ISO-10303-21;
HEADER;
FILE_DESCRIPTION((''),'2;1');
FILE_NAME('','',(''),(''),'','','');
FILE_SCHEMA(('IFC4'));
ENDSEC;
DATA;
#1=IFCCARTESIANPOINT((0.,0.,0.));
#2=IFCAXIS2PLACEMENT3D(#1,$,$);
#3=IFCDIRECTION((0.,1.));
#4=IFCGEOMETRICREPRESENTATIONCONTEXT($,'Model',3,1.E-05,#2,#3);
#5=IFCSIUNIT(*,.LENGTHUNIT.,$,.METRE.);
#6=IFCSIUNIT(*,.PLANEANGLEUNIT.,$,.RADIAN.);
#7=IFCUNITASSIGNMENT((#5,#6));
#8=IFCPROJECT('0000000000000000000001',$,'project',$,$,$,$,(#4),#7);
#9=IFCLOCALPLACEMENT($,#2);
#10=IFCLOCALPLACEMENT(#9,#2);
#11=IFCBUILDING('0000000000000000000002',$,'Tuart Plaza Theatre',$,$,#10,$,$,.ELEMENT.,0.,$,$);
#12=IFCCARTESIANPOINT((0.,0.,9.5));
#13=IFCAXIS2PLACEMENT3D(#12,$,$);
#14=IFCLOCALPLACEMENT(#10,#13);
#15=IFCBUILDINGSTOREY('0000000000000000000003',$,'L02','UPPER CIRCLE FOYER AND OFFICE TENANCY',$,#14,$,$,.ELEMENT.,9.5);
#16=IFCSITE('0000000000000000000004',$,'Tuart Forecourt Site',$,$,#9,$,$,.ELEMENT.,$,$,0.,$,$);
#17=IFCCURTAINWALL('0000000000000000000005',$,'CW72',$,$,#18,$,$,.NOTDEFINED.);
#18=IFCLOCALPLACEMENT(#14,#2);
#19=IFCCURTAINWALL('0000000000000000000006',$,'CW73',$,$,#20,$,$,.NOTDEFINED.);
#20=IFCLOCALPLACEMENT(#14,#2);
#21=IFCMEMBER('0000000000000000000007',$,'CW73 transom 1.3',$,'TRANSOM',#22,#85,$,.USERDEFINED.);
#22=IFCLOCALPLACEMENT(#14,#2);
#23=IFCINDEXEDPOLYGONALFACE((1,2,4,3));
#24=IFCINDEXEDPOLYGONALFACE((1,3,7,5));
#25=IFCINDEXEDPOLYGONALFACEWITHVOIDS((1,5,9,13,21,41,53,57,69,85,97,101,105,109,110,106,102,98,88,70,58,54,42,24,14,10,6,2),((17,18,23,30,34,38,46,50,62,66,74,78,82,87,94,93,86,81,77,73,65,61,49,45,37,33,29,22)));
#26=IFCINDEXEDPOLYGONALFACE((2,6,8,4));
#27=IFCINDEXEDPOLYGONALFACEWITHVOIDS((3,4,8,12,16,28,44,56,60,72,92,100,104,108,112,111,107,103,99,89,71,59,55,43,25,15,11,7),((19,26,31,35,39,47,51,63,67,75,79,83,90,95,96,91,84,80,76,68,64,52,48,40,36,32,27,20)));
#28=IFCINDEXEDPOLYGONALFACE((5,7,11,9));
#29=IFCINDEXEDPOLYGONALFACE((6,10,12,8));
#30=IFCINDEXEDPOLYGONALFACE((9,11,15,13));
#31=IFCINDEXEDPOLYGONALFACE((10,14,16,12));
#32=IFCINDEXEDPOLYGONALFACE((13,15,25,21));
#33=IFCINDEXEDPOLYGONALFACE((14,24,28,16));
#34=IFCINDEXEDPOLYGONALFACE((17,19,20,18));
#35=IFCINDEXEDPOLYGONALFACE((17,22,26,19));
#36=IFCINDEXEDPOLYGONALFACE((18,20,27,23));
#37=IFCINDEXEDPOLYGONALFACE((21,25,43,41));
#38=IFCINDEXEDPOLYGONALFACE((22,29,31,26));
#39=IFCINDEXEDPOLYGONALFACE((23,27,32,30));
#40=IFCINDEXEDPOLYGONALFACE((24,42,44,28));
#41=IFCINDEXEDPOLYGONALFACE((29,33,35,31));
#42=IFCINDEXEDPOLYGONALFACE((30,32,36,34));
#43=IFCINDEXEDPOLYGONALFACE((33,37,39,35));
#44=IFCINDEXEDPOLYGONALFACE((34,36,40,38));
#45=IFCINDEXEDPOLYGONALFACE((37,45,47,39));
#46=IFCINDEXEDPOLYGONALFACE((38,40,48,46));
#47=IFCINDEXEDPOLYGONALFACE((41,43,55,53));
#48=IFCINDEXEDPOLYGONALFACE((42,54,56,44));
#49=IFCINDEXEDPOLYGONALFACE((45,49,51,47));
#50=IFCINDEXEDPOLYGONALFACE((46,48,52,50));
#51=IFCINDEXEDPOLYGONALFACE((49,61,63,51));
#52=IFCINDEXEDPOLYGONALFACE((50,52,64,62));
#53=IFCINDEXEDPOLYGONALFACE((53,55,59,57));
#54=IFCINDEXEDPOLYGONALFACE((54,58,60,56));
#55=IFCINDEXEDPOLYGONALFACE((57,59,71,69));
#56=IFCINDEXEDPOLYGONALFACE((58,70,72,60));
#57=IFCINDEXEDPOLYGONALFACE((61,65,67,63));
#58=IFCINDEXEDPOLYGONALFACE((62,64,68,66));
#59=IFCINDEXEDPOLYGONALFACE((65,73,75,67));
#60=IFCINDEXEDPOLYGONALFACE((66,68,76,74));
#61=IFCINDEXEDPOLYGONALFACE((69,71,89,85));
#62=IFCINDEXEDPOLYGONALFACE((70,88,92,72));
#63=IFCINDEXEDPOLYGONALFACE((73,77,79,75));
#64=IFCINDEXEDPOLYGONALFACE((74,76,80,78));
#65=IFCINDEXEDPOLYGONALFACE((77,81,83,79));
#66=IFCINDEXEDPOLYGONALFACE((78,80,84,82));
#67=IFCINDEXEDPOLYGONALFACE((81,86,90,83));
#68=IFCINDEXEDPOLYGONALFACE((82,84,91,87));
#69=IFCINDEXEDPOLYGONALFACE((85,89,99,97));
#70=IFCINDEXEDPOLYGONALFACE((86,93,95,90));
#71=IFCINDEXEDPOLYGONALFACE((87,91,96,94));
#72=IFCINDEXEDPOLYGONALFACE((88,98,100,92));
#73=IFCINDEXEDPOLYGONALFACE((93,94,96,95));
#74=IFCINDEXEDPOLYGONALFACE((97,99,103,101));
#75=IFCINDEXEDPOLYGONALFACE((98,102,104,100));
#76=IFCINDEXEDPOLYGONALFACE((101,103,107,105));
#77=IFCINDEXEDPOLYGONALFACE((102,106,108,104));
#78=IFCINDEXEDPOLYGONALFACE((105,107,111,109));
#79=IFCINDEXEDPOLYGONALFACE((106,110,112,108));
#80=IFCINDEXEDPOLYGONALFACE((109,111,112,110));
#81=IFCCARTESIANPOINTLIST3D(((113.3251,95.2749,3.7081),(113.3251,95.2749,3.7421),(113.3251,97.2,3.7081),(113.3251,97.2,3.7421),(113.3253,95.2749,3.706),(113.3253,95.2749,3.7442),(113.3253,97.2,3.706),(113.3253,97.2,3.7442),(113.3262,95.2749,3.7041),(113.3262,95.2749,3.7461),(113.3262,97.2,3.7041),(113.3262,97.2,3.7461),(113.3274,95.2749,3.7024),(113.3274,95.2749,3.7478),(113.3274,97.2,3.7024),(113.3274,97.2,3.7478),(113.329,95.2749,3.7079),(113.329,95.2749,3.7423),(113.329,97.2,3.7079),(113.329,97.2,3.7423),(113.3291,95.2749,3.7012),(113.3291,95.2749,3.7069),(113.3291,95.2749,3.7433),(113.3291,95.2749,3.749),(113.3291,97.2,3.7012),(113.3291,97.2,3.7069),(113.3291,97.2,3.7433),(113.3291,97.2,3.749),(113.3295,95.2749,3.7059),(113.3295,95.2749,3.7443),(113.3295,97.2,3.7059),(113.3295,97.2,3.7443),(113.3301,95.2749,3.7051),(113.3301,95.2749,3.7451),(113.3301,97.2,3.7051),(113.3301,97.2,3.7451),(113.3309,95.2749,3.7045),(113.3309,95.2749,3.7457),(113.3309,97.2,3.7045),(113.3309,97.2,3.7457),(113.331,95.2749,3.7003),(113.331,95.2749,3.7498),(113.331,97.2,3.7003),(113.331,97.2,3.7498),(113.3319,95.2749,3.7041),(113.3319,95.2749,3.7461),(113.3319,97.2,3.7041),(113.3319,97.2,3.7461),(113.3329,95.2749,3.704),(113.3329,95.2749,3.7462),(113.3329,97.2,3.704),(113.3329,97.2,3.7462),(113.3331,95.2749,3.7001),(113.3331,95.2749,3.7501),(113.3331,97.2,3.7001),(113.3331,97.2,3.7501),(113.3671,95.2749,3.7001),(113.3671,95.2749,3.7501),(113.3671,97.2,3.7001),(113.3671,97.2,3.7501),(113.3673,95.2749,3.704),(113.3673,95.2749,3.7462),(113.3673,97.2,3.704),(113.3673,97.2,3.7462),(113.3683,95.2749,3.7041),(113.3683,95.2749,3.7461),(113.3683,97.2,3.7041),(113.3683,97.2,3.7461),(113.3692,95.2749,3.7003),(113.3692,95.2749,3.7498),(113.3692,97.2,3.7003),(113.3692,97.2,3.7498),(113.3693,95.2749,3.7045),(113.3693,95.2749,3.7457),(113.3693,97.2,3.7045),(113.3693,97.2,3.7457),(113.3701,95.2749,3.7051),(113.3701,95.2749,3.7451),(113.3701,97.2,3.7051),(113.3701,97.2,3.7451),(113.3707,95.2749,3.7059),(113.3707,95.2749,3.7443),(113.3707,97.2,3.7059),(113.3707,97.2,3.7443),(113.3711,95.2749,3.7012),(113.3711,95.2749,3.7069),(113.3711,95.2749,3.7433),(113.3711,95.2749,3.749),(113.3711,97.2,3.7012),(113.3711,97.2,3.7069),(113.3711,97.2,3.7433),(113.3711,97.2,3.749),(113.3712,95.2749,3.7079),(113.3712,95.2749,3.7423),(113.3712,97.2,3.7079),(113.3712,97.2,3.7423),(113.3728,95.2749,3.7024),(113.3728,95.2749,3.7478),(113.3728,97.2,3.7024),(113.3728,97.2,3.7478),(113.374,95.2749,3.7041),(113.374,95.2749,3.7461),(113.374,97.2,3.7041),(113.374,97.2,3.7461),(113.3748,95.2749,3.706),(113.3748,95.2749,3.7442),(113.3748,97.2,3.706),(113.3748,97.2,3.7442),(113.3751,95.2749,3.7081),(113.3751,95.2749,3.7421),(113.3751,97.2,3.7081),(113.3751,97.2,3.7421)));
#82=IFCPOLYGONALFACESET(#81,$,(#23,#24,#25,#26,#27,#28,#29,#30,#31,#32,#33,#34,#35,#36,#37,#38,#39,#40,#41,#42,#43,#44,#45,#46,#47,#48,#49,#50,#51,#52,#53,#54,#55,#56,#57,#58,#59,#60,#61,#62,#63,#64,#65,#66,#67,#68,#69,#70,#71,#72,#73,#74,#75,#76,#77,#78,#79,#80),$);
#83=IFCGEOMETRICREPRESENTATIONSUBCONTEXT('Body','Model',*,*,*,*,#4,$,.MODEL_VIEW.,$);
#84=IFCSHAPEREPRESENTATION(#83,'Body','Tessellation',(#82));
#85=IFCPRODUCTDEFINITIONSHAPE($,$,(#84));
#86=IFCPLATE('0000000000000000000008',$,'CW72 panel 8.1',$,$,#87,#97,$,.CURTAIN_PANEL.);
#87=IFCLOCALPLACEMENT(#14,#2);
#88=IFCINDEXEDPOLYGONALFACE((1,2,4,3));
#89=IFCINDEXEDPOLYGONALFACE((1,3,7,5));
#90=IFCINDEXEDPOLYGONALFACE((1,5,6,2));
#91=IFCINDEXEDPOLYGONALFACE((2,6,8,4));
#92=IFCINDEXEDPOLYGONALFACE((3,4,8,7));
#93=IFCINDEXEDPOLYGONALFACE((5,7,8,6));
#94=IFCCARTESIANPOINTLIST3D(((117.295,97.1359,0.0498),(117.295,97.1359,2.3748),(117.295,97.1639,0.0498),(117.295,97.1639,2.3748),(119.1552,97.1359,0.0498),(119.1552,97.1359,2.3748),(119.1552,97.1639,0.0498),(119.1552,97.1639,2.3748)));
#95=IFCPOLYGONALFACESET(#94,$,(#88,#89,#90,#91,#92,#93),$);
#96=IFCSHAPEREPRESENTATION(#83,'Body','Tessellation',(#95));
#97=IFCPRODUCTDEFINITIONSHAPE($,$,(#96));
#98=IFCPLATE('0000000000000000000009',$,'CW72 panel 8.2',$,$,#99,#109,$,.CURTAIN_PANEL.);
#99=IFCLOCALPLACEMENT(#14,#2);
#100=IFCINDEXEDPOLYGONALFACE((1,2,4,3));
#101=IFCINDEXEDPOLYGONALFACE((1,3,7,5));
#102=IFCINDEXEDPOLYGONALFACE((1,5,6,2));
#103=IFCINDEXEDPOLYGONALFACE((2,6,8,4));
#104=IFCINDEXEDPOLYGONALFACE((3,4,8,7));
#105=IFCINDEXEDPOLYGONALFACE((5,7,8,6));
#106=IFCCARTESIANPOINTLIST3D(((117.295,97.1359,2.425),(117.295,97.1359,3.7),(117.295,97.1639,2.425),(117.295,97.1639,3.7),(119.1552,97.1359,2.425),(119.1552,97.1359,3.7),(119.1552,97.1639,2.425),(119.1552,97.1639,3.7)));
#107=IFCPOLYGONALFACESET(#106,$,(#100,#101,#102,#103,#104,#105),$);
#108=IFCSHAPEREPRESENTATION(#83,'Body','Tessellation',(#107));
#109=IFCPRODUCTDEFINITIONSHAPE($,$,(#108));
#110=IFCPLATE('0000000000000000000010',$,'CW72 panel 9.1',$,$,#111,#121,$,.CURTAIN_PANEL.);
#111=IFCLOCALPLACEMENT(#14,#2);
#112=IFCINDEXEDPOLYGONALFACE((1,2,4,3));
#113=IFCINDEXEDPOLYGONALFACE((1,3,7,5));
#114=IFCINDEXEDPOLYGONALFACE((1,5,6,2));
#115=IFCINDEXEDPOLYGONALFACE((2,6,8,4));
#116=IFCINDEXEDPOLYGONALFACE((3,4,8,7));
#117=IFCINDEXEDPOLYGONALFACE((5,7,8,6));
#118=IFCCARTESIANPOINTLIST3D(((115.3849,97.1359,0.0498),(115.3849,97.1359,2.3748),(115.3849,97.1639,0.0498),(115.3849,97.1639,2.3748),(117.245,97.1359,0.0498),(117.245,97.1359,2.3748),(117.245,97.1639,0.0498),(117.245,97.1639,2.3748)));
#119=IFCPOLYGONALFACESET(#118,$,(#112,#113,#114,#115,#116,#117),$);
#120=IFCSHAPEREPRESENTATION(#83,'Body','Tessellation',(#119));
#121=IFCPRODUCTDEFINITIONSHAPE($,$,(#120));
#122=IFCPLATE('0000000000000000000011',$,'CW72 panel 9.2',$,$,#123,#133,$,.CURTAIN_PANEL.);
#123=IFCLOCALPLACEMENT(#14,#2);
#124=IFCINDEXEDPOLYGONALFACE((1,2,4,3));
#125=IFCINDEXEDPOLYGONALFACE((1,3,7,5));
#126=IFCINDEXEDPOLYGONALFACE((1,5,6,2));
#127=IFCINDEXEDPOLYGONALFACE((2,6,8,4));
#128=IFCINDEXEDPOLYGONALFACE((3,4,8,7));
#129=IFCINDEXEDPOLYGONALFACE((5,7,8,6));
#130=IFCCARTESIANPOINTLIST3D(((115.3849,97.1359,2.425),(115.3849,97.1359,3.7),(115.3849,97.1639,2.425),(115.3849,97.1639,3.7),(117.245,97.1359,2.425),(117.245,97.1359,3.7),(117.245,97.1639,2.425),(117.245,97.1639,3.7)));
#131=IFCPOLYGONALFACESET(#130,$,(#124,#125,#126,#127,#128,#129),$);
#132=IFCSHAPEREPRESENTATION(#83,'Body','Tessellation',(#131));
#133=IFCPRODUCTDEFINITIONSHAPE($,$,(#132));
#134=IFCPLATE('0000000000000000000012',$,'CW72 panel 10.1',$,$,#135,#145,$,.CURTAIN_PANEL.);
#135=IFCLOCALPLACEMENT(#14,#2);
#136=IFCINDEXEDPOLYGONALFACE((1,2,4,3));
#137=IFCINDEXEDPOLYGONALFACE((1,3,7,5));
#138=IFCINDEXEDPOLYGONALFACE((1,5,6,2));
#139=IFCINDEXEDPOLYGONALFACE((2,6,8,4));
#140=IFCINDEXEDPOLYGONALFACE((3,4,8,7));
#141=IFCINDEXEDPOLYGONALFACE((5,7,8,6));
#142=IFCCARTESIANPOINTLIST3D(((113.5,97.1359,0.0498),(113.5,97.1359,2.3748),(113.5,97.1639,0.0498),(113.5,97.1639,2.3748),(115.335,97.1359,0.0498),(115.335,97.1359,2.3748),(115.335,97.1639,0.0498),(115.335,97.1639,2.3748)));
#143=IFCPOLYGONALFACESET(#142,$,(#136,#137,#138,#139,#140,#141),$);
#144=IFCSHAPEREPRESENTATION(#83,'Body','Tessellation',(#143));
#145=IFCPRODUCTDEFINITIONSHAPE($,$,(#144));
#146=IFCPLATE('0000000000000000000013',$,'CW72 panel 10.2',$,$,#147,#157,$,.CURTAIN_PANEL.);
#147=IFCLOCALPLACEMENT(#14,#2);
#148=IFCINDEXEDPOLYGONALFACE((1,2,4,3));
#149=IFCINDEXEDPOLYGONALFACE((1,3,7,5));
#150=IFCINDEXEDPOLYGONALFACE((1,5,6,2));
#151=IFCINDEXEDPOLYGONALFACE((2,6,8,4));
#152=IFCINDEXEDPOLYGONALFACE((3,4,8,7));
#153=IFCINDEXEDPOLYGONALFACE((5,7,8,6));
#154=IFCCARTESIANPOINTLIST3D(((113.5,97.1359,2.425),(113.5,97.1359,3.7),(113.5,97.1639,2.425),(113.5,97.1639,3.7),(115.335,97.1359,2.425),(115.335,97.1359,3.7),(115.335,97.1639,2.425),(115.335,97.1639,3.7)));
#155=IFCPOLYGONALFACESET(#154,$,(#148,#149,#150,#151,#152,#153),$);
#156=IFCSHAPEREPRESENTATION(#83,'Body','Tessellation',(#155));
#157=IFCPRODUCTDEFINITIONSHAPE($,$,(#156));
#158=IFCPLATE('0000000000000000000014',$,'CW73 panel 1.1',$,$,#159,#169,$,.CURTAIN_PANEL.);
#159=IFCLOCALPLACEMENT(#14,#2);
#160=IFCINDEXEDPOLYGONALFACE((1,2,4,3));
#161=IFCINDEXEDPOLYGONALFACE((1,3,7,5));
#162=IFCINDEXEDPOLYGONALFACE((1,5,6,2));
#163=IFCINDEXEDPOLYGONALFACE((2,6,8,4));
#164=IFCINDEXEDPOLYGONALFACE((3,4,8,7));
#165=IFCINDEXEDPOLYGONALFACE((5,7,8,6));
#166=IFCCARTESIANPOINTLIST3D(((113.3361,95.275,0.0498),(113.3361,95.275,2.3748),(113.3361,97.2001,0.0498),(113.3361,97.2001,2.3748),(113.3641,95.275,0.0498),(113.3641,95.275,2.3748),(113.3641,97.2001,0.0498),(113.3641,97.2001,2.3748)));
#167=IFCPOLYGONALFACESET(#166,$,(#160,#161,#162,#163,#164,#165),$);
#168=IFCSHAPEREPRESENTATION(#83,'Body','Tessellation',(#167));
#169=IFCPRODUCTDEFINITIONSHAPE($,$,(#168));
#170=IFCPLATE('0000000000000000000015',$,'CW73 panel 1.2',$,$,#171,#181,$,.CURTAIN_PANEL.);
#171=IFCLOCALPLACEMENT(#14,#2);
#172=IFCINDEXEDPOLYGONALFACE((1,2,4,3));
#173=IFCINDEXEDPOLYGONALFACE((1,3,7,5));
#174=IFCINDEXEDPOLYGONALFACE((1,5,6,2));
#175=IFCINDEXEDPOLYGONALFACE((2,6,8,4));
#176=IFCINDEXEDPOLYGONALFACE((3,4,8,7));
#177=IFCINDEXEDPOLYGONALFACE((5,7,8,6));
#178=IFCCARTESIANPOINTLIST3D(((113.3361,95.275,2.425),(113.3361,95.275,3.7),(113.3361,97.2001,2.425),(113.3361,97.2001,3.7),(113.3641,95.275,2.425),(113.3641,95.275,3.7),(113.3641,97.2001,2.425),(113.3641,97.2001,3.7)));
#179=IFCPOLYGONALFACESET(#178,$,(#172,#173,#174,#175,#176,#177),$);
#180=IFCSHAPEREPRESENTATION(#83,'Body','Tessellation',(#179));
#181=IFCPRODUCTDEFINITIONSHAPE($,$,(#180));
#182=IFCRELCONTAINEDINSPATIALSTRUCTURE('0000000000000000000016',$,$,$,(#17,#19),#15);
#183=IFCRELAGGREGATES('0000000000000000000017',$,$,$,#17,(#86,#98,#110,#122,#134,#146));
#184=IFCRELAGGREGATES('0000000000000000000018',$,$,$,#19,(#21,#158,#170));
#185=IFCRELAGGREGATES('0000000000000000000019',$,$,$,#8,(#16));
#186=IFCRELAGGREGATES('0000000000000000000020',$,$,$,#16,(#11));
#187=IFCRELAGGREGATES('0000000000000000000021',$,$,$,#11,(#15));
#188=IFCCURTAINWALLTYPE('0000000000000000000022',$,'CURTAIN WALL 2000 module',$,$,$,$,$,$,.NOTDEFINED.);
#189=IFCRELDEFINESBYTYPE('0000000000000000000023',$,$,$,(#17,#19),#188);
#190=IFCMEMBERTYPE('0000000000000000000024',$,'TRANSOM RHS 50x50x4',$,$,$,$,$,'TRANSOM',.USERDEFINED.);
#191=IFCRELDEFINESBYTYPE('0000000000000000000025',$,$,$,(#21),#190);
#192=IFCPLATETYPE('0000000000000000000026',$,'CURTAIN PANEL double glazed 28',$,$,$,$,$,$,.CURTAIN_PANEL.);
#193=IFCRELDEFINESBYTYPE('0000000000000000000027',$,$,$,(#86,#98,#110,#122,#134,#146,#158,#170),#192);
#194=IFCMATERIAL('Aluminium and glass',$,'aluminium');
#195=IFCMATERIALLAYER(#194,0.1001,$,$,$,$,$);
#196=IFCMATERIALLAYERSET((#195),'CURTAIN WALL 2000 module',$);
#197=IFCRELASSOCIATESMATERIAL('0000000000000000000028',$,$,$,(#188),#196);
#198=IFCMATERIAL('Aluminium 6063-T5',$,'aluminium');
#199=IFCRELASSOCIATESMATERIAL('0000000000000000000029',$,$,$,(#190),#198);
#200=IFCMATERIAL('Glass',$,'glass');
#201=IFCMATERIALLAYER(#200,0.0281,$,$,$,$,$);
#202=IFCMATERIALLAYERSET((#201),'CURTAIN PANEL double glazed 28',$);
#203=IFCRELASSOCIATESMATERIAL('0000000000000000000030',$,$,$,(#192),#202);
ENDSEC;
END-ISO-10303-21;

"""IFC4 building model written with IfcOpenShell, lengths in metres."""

from ifc_helpers import new_model, si_unit, direction, frame, origin, origin_2d, place, context, subcontext, project, spatial, rectangle, hollow_rectangle, extrude, material, layer, layer_set, material_profile, profile_set, type_object, element, aggregate, save


model = new_model("IFC4")

# Units and contexts
model_context = context("Model", 3, precision=1e-05, world=origin(), true_north=direction((0.0, 1.0)))
body_context = subcontext(model_context, "Body", "Model", "MODEL_VIEW")
ifc_project = project(units=[si_unit("LENGTHUNIT", "METRE"), si_unit("PLANEANGLEUNIT", "RADIAN")], contexts=[model_context])

# Site, building, storey
site_placement = place(None, origin())
site = spatial("IfcSite", under=ifc_project, at=site_placement, Name="Tuart Forecourt Site", CompositionType="ELEMENT", RefElevation=0.0)
building_placement = place(site_placement, origin())
building = spatial("IfcBuilding", under=site, at=building_placement, Name="Tuart Plaza Theatre", CompositionType="ELEMENT", ElevationOfRefHeight=0.0)
storey_placement = place(building_placement, frame((0.0, 0.0, 9.5)))
storey = spatial("IfcBuildingStorey", under=building, at=storey_placement, Name="L02", Description="UPPER CIRCLE FOYER AND OFFICE TENANCY", CompositionType="ELEMENT", Elevation=9.5)

# Curtain wall
ifc_material_1 = material(Name="Aluminium and glass", Category="aluminium")
ifc_layer_1 = layer(ifc_material_1, 0.1001)
ifc_layer_set_1 = layer_set([ifc_layer_1], Name="CURTAIN WALL 2000 module")
curtain_wall_type = type_object("IfcCurtainWallType", Name="CURTAIN WALL 2000 module", PredefinedType="NOTDEFINED", material=ifc_layer_set_1)
curtain_wall_1_placement = place(storey_placement, origin())
curtain_wall_1 = element("IfcCurtainWall", 1, at=curtain_wall_1_placement, inside=storey, type_object=curtain_wall_type, Name="CW72", PredefinedType="NOTDEFINED")

# Curtain wall
curtain_wall_2_placement = place(storey_placement, origin())
curtain_wall_2 = element("IfcCurtainWall", 2, at=curtain_wall_2_placement, inside=storey, type_object=curtain_wall_type, Name="CW73", PredefinedType="NOTDEFINED")

# Member
ifc_material_2 = material(Name="Aluminium 6063-T5", Category="aluminium")
ifc_material_profile_1 = material_profile(ifc_material_2, hollow_rectangle(XDim=0.05, YDim=0.05, WallThickness=0.0039, InnerFilletRadius=0.0039, OuterFilletRadius=0.0081, at=origin_2d()), Name="RHS 50x50x4")
ifc_profile_set_1 = profile_set([ifc_material_profile_1], Name="Aluminium 6063-T5")
member_type_1 = type_object("IfcMemberType", Name="TRANSOM RHS 50x50x4", ElementType="TRANSOM", PredefinedType="USERDEFINED", material=ifc_profile_set_1)
member_1_placement = place(storey_placement, frame((113.3501, 97.2, 3.7251), z_axis=(0.0, -1.0, 0.0), x_axis=(1.0, 0.0, 0.0)))
member_1 = element("IfcMember", 3, at=member_1_placement, type_object=member_type_1, Name="CW73 transom 1.3", ObjectType="TRANSOM", PredefinedType="USERDEFINED", context=body_context, shape_type="SweptSolid", body=[
    extrude(hollow_rectangle(XDim=0.05, YDim=0.05, WallThickness=0.0039, InnerFilletRadius=0.0039, OuterFilletRadius=0.0081, at=origin_2d()), origin(), (0.0, 0.0, 1.0), 1.925),
])

# Plates
ifc_material_3 = material(Name="Glass", Category="glass")
ifc_layer_2 = layer(ifc_material_3, 0.0281)
ifc_layer_set_2 = layer_set([ifc_layer_2], Name="CURTAIN PANEL double glazed 28")
plate_type = type_object("IfcPlateType", Name="CURTAIN PANEL double glazed 28", PredefinedType="CURTAIN_PANEL", material=ifc_layer_set_2)
plate_1_placement = place(storey_placement, frame((118.2251, 97.1499, 0.0498), z_axis=(0.0, 0.0, 1.0), x_axis=(-1.0, 0.0, 0.0)))
plate_1 = element("IfcPlate", 4, at=plate_1_placement, type_object=plate_type, Name="CW72 panel 8.1", PredefinedType="CURTAIN_PANEL", context=body_context, shape_type="SweptSolid", body=[
    extrude(rectangle(XDim=1.8601, YDim=0.0281, at=origin_2d()), origin(), (0.0, 0.0, 1.0), 2.325),
])
plate_2_placement = place(storey_placement, frame((118.2251, 97.1499, 2.425), z_axis=(0.0, 0.0, 1.0), x_axis=(-1.0, 0.0, 0.0)))
plate_2 = element("IfcPlate", 5, at=plate_2_placement, type_object=plate_type, Name="CW72 panel 8.2", PredefinedType="CURTAIN_PANEL", context=body_context, shape_type="SweptSolid", body=[
    extrude(rectangle(XDim=1.8601, YDim=0.0281, at=origin_2d()), origin(), (0.0, 0.0, 1.0), 1.2749),
])
plate_3_placement = place(storey_placement, frame((116.3149, 97.1499, 0.0498), z_axis=(0.0, 0.0, 1.0), x_axis=(-1.0, 0.0, 0.0)))
plate_3 = element("IfcPlate", 6, at=plate_3_placement, type_object=plate_type, Name="CW72 panel 9.1", PredefinedType="CURTAIN_PANEL", context=body_context, shape_type="SweptSolid", body=[
    extrude(rectangle(XDim=1.8601, YDim=0.0281, at=origin_2d()), origin(), (0.0, 0.0, 1.0), 2.325),
])
plate_4_placement = place(storey_placement, frame((116.3149, 97.1499, 2.425), z_axis=(0.0, 0.0, 1.0), x_axis=(-1.0, 0.0, 0.0)))
plate_4 = element("IfcPlate", 7, at=plate_4_placement, type_object=plate_type, Name="CW72 panel 9.2", PredefinedType="CURTAIN_PANEL", context=body_context, shape_type="SweptSolid", body=[
    extrude(rectangle(XDim=1.8601, YDim=0.0281, at=origin_2d()), origin(), (0.0, 0.0, 1.0), 1.2749),
])
plate_5_placement = place(storey_placement, frame((114.4175, 97.1499, 0.0498), z_axis=(0.0, 0.0, 1.0), x_axis=(-1.0, 0.0, 0.0)))
plate_5 = element("IfcPlate", 8, at=plate_5_placement, type_object=plate_type, Name="CW72 panel 10.1", PredefinedType="CURTAIN_PANEL", context=body_context, shape_type="SweptSolid", body=[
    extrude(rectangle(XDim=1.835, YDim=0.0281, at=origin_2d()), origin(), (0.0, 0.0, 1.0), 2.325),
])
plate_6_placement = place(storey_placement, frame((114.4175, 97.1499, 2.425), z_axis=(0.0, 0.0, 1.0), x_axis=(-1.0, 0.0, 0.0)))
plate_6 = element("IfcPlate", 9, at=plate_6_placement, type_object=plate_type, Name="CW72 panel 10.2", PredefinedType="CURTAIN_PANEL", context=body_context, shape_type="SweptSolid", body=[
    extrude(rectangle(XDim=1.835, YDim=0.0281, at=origin_2d()), origin(), (0.0, 0.0, 1.0), 1.2749),
])
aggregate(curtain_wall_1, [plate_1, plate_2, plate_3, plate_4, plate_5, plate_6])
plate_7_placement = place(storey_placement, frame((113.3501, 96.2375, 0.0498), z_axis=(0.0, 0.0, 1.0), x_axis=(0.0, -1.0, 0.0)))
plate_7 = element("IfcPlate", 10, at=plate_7_placement, type_object=plate_type, Name="CW73 panel 1.1", PredefinedType="CURTAIN_PANEL", context=body_context, shape_type="SweptSolid", body=[
    extrude(rectangle(XDim=1.925, YDim=0.0281, at=origin_2d()), origin(), (0.0, 0.0, 1.0), 2.325),
])
plate_8_placement = place(storey_placement, frame((113.3501, 96.2375, 2.425), z_axis=(0.0, 0.0, 1.0), x_axis=(0.0, -1.0, 0.0)))
plate_8 = element("IfcPlate", 11, at=plate_8_placement, type_object=plate_type, Name="CW73 panel 1.2", PredefinedType="CURTAIN_PANEL", context=body_context, shape_type="SweptSolid", body=[
    extrude(rectangle(XDim=1.925, YDim=0.0281, at=origin_2d()), origin(), (0.0, 0.0, 1.0), 1.2749),
])
aggregate(curtain_wall_2, [member_1, plate_7, plate_8])

save(model, "model.ifc")
